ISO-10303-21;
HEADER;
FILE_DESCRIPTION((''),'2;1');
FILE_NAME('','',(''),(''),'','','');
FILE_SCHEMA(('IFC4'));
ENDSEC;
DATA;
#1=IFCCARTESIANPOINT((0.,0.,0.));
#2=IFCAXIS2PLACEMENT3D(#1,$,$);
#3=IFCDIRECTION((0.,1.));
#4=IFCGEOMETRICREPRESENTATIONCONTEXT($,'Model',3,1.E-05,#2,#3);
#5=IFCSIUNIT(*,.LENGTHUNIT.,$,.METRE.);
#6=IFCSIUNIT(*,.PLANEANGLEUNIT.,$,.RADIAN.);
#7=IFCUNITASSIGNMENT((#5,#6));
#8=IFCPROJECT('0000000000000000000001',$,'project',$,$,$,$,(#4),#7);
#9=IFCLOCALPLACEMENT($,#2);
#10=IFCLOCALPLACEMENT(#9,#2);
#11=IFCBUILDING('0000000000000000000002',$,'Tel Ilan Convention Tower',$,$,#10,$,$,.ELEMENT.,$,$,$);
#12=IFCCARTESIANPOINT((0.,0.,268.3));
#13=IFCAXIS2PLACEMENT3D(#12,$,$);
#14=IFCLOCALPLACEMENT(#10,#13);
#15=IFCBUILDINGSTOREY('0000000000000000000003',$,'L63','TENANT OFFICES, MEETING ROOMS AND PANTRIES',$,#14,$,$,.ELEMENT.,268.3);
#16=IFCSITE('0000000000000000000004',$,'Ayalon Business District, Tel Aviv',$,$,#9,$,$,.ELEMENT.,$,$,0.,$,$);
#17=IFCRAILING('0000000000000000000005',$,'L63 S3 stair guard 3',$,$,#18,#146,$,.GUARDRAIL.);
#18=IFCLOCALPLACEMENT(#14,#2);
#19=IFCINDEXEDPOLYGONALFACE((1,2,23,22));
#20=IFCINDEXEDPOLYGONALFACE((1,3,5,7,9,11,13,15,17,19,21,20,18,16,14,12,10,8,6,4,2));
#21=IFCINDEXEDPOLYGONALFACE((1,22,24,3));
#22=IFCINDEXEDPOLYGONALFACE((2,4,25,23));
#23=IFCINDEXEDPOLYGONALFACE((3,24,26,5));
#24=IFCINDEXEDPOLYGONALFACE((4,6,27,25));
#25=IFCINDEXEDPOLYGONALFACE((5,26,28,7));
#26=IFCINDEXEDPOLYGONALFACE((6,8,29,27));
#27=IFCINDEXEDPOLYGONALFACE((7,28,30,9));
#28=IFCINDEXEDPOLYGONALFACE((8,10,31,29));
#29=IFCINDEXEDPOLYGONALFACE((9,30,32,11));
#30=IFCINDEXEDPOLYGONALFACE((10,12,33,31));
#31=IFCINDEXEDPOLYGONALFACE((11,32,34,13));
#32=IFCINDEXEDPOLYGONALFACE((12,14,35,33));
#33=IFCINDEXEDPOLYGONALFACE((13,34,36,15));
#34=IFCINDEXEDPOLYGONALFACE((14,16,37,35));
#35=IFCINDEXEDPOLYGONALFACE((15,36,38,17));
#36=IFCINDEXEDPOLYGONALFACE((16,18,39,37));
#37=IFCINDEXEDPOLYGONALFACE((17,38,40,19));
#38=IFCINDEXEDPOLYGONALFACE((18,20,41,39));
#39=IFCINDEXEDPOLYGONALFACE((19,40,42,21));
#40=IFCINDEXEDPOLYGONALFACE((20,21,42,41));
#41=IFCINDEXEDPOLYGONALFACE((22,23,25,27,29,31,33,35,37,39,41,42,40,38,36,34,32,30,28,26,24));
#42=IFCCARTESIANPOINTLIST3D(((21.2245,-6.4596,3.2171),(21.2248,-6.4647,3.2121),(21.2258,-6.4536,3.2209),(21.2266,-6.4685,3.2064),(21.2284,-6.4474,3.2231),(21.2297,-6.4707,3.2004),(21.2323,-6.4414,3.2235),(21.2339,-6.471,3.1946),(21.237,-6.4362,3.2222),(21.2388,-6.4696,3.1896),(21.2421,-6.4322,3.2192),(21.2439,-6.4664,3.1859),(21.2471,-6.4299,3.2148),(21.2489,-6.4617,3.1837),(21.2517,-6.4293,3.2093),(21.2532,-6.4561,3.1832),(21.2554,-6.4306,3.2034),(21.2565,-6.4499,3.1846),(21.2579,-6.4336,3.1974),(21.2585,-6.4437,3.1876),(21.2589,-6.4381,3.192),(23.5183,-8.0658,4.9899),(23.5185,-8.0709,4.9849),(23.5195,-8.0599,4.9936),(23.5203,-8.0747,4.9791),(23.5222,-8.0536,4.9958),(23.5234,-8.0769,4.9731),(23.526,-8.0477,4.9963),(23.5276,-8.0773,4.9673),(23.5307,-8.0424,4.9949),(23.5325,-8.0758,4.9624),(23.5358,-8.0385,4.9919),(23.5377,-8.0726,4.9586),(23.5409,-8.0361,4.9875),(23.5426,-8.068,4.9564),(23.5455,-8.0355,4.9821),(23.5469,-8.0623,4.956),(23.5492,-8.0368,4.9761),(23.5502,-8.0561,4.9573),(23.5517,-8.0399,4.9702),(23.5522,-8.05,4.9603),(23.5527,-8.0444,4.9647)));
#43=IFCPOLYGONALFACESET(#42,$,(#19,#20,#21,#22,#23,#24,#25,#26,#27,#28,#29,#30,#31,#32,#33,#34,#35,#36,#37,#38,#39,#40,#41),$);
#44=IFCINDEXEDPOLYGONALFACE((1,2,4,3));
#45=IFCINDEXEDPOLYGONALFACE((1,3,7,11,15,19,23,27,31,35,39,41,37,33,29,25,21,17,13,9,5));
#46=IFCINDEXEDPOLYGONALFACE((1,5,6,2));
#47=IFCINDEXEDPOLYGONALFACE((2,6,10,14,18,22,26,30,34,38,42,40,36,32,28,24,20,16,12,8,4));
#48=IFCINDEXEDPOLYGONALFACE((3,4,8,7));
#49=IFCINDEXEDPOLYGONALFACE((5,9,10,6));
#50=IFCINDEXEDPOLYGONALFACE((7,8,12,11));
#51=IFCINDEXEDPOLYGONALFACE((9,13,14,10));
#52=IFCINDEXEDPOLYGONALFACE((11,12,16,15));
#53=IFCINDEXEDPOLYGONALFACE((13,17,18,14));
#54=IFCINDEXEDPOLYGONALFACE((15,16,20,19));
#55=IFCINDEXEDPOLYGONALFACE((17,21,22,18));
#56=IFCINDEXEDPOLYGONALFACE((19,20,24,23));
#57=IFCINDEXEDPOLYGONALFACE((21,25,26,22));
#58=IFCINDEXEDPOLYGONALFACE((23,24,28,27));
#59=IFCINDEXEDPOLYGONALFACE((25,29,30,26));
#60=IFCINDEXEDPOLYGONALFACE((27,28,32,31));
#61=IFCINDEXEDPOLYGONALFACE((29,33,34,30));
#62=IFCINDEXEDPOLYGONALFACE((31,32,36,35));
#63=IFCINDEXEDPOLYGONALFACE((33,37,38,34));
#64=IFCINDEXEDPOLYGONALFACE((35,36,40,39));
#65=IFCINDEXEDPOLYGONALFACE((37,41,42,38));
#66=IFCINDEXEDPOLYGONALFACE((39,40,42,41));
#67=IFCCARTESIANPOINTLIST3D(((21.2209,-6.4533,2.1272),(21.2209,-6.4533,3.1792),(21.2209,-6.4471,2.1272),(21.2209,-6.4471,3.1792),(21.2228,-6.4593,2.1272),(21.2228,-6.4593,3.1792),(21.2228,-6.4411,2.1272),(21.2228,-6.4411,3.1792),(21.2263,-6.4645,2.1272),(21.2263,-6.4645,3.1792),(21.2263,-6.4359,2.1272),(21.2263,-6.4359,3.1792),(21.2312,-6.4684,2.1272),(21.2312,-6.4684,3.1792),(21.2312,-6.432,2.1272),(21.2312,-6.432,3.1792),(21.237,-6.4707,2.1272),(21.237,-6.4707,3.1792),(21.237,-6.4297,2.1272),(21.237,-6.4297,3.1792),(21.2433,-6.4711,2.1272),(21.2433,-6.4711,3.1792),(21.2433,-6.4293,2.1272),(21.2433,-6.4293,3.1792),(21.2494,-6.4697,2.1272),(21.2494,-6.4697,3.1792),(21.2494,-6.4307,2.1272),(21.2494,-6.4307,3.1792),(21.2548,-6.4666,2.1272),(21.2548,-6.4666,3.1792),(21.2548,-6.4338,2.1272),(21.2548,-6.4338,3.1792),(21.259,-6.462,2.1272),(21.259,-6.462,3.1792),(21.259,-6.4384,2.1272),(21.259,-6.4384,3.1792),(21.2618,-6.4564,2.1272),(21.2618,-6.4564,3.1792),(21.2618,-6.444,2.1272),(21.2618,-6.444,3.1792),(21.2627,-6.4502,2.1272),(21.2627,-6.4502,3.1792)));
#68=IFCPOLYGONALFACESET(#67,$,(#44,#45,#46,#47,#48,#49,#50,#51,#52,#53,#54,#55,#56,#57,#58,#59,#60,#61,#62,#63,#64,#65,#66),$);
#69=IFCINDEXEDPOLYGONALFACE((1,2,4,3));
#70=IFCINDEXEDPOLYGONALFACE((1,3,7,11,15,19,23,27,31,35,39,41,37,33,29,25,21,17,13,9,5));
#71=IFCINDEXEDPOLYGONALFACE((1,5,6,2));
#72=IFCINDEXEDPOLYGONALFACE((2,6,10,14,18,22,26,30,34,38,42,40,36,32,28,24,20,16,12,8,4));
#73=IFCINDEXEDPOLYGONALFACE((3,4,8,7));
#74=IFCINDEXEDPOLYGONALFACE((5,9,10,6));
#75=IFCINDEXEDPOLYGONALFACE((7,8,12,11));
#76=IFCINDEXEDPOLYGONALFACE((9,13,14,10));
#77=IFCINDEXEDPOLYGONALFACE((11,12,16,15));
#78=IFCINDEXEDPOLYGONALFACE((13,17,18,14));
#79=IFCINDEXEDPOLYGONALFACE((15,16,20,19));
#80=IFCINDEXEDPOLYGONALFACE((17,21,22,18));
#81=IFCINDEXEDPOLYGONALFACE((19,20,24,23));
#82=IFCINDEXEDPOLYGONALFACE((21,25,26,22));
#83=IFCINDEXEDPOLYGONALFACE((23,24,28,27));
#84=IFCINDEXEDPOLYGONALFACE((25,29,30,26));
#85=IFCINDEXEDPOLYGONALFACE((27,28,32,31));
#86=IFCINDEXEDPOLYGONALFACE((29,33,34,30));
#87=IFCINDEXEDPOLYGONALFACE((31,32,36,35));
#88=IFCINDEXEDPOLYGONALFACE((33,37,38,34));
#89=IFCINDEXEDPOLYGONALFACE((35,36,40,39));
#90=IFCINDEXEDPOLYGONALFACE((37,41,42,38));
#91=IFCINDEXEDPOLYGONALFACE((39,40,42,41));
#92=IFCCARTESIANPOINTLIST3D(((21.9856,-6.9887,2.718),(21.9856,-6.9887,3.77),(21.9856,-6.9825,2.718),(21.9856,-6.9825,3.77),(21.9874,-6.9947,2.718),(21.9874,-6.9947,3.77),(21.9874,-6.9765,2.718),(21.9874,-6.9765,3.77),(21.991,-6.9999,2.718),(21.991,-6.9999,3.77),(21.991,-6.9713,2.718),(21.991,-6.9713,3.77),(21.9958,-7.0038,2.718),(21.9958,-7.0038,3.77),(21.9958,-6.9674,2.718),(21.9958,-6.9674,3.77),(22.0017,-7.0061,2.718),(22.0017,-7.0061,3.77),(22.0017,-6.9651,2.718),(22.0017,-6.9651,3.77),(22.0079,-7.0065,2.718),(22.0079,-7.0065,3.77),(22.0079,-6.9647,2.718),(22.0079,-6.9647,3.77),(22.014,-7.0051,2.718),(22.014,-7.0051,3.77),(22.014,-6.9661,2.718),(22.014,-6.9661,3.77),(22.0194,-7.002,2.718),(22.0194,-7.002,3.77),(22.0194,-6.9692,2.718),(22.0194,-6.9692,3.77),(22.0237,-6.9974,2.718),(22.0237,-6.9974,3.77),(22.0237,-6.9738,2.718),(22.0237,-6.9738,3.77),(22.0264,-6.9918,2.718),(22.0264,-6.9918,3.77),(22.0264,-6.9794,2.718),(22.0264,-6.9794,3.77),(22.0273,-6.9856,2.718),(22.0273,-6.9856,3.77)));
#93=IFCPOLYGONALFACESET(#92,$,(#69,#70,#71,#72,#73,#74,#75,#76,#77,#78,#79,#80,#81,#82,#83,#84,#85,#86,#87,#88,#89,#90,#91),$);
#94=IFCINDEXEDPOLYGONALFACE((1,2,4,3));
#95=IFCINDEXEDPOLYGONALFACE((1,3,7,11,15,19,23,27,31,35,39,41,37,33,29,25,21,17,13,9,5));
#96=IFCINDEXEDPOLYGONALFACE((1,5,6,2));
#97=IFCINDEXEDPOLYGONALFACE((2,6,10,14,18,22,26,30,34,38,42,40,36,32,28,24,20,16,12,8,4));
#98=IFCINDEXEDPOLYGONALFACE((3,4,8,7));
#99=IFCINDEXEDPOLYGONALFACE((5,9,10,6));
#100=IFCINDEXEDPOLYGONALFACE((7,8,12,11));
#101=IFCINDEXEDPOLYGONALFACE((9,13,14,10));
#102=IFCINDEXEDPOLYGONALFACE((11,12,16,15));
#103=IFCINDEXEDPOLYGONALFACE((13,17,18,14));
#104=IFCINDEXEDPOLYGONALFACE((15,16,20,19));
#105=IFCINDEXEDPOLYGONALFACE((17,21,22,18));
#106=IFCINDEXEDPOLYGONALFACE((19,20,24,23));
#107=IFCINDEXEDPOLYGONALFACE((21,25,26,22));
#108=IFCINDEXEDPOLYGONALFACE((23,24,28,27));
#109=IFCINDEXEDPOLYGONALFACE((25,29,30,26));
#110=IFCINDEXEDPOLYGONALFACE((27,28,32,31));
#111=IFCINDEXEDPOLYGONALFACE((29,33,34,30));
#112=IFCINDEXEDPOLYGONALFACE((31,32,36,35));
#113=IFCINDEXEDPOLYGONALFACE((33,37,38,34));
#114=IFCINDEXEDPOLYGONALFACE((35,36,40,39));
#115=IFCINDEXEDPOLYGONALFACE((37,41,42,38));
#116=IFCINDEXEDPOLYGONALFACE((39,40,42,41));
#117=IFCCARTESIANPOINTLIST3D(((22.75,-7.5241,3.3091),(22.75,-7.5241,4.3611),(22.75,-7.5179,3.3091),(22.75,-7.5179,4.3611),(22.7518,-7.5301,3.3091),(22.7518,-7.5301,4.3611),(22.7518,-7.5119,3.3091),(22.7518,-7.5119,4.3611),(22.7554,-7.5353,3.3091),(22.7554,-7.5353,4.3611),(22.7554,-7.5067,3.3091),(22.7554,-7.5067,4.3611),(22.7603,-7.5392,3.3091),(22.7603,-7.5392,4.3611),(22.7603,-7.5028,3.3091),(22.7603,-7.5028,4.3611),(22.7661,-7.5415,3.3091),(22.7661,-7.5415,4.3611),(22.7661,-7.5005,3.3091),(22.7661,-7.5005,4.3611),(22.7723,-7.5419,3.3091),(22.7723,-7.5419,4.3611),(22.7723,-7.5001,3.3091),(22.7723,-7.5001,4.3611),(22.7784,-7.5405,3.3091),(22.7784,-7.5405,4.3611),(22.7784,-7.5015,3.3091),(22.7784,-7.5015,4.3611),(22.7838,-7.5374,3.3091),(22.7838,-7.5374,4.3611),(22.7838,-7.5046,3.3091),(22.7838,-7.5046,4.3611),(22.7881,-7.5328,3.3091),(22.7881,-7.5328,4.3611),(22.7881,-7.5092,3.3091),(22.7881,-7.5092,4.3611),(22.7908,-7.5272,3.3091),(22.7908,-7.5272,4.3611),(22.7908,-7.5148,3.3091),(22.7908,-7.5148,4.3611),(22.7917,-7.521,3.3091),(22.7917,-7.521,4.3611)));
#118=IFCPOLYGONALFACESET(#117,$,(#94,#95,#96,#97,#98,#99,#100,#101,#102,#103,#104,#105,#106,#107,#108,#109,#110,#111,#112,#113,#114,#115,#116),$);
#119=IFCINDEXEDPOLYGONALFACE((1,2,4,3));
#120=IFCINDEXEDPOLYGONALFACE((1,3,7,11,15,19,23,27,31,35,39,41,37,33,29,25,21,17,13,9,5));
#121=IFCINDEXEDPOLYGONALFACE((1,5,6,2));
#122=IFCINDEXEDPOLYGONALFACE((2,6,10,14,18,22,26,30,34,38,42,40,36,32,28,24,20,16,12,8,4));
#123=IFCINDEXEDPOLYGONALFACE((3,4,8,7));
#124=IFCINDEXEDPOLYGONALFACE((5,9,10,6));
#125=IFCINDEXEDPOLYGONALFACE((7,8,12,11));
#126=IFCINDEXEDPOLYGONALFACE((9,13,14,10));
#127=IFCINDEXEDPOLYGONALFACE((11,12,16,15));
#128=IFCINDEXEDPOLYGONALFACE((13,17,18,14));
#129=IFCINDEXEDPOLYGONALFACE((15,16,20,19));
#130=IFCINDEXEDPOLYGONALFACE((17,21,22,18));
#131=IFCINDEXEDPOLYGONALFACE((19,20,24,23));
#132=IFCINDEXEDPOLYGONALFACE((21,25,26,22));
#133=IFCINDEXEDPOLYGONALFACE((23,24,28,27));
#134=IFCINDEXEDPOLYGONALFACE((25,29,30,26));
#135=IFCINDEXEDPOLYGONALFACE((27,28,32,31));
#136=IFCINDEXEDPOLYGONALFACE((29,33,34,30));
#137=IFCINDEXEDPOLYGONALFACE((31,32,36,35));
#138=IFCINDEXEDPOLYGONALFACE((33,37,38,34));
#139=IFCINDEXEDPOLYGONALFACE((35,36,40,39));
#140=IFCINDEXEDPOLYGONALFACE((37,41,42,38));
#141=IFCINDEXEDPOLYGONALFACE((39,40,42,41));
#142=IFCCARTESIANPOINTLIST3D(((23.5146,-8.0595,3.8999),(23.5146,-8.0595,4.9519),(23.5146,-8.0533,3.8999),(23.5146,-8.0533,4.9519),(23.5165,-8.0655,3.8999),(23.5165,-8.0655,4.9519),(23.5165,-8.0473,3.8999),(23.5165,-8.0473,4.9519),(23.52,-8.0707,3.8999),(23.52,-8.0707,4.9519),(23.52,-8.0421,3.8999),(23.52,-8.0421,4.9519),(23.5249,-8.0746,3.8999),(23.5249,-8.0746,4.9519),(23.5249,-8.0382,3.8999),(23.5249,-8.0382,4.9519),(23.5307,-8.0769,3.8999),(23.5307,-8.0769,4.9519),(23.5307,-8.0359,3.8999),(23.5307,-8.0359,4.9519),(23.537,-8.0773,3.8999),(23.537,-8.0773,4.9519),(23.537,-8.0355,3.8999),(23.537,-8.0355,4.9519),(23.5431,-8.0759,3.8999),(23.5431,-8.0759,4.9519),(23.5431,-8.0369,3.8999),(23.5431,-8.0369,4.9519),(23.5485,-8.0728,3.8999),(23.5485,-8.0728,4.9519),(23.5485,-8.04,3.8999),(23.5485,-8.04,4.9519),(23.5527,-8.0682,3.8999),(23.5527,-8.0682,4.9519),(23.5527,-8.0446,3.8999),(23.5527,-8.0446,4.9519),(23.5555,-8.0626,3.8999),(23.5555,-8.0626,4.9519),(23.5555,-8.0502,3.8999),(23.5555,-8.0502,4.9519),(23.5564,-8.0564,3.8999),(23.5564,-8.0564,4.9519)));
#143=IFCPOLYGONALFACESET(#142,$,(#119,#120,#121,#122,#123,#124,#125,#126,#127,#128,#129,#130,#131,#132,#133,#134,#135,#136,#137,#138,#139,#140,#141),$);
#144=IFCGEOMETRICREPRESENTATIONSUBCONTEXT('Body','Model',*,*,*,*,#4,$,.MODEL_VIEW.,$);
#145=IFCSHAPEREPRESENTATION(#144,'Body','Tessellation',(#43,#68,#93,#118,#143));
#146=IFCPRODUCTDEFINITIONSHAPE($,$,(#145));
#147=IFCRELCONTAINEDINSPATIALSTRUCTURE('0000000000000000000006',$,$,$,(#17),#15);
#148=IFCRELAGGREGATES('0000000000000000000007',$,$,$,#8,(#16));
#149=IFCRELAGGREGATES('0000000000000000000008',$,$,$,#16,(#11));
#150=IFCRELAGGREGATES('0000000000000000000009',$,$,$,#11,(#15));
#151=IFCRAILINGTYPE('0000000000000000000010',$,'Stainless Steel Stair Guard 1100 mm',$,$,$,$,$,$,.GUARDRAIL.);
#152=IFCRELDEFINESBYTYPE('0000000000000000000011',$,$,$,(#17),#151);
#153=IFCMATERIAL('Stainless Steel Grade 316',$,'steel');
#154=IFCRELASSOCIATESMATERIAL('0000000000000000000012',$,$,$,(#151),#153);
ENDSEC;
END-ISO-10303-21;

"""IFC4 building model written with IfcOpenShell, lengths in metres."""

from ifc_helpers import new_model, si_unit, direction, frame, origin, origin_2d, place, context, subcontext, project, spatial, circle, extrude, material, type_object, element, save


model = new_model("IFC4")

# Units and contexts
model_context = context("Model", 3, precision=1e-05, world=origin(), true_north=direction((0.0, 1.0)))
body_context = subcontext(model_context, "Body", "Model", "MODEL_VIEW")
ifc_project = project(units=[si_unit("LENGTHUNIT", "METRE"), si_unit("PLANEANGLEUNIT", "RADIAN")], contexts=[model_context])

# Site, building, storey
site_placement = place(None, origin())
site = spatial("IfcSite", under=ifc_project, at=site_placement, Name="Ayalon Business District, Tel Aviv", CompositionType="ELEMENT", RefElevation=0.0)
building_placement = place(site_placement, origin())
building = spatial("IfcBuilding", under=site, at=building_placement, Name="Tel Ilan Convention Tower", CompositionType="ELEMENT")
storey_placement = place(building_placement, frame((0.0, 0.0, 268.3)))
storey = spatial("IfcBuildingStorey", under=building, at=storey_placement, Name="L63", Description="TENANT OFFICES, MEETING ROOMS AND PANTRIES", CompositionType="ELEMENT", Elevation=268.3)

# Railing
ifc_material_1 = material(Name="Stainless Steel Grade 316", Category="steel")
railing_type_1 = type_object("IfcRailingType", Name="Stainless Steel Stair Guard 1100 mm", PredefinedType="GUARDRAIL", material=ifc_material_1)
railing_1_placement = place(storey_placement, frame((21.2417, -6.4502, 2.1272)))
element("IfcRailing", 1, at=railing_1_placement, inside=storey, type_object=railing_type_1, Name="L63 S3 stair guard 3", PredefinedType="GUARDRAIL", context=body_context, shape_type="SweptSolid", body=[
    extrude(circle(Radius=0.0239, at=origin_2d()), frame((0.0, 0.0, 1.0762), z_axis=(0.692098, -0.484653, 0.534894), x_axis=(0.573609, 0.81913, 0.0)), (0.0, 0.0, 1.0), 3.3142),
    extrude(circle(Radius=0.021, at=origin_2d()), origin(), (0.0, 0.0, 1.0), 1.052),
    extrude(circle(Radius=0.021, at=origin_2d()), frame((0.7646, -0.5354, 0.5908)), (0.0, 0.0, 1.0), 1.052),
    extrude(circle(Radius=0.021, at=origin_2d()), frame((1.5291, -1.0708, 1.1819)), (0.0, 0.0, 1.0), 1.052),
    extrude(circle(Radius=0.021, at=origin_2d()), frame((2.2937, -1.6062, 1.7727)), (0.0, 0.0, 1.0), 1.052),
])

save(model, "model.ifc")
